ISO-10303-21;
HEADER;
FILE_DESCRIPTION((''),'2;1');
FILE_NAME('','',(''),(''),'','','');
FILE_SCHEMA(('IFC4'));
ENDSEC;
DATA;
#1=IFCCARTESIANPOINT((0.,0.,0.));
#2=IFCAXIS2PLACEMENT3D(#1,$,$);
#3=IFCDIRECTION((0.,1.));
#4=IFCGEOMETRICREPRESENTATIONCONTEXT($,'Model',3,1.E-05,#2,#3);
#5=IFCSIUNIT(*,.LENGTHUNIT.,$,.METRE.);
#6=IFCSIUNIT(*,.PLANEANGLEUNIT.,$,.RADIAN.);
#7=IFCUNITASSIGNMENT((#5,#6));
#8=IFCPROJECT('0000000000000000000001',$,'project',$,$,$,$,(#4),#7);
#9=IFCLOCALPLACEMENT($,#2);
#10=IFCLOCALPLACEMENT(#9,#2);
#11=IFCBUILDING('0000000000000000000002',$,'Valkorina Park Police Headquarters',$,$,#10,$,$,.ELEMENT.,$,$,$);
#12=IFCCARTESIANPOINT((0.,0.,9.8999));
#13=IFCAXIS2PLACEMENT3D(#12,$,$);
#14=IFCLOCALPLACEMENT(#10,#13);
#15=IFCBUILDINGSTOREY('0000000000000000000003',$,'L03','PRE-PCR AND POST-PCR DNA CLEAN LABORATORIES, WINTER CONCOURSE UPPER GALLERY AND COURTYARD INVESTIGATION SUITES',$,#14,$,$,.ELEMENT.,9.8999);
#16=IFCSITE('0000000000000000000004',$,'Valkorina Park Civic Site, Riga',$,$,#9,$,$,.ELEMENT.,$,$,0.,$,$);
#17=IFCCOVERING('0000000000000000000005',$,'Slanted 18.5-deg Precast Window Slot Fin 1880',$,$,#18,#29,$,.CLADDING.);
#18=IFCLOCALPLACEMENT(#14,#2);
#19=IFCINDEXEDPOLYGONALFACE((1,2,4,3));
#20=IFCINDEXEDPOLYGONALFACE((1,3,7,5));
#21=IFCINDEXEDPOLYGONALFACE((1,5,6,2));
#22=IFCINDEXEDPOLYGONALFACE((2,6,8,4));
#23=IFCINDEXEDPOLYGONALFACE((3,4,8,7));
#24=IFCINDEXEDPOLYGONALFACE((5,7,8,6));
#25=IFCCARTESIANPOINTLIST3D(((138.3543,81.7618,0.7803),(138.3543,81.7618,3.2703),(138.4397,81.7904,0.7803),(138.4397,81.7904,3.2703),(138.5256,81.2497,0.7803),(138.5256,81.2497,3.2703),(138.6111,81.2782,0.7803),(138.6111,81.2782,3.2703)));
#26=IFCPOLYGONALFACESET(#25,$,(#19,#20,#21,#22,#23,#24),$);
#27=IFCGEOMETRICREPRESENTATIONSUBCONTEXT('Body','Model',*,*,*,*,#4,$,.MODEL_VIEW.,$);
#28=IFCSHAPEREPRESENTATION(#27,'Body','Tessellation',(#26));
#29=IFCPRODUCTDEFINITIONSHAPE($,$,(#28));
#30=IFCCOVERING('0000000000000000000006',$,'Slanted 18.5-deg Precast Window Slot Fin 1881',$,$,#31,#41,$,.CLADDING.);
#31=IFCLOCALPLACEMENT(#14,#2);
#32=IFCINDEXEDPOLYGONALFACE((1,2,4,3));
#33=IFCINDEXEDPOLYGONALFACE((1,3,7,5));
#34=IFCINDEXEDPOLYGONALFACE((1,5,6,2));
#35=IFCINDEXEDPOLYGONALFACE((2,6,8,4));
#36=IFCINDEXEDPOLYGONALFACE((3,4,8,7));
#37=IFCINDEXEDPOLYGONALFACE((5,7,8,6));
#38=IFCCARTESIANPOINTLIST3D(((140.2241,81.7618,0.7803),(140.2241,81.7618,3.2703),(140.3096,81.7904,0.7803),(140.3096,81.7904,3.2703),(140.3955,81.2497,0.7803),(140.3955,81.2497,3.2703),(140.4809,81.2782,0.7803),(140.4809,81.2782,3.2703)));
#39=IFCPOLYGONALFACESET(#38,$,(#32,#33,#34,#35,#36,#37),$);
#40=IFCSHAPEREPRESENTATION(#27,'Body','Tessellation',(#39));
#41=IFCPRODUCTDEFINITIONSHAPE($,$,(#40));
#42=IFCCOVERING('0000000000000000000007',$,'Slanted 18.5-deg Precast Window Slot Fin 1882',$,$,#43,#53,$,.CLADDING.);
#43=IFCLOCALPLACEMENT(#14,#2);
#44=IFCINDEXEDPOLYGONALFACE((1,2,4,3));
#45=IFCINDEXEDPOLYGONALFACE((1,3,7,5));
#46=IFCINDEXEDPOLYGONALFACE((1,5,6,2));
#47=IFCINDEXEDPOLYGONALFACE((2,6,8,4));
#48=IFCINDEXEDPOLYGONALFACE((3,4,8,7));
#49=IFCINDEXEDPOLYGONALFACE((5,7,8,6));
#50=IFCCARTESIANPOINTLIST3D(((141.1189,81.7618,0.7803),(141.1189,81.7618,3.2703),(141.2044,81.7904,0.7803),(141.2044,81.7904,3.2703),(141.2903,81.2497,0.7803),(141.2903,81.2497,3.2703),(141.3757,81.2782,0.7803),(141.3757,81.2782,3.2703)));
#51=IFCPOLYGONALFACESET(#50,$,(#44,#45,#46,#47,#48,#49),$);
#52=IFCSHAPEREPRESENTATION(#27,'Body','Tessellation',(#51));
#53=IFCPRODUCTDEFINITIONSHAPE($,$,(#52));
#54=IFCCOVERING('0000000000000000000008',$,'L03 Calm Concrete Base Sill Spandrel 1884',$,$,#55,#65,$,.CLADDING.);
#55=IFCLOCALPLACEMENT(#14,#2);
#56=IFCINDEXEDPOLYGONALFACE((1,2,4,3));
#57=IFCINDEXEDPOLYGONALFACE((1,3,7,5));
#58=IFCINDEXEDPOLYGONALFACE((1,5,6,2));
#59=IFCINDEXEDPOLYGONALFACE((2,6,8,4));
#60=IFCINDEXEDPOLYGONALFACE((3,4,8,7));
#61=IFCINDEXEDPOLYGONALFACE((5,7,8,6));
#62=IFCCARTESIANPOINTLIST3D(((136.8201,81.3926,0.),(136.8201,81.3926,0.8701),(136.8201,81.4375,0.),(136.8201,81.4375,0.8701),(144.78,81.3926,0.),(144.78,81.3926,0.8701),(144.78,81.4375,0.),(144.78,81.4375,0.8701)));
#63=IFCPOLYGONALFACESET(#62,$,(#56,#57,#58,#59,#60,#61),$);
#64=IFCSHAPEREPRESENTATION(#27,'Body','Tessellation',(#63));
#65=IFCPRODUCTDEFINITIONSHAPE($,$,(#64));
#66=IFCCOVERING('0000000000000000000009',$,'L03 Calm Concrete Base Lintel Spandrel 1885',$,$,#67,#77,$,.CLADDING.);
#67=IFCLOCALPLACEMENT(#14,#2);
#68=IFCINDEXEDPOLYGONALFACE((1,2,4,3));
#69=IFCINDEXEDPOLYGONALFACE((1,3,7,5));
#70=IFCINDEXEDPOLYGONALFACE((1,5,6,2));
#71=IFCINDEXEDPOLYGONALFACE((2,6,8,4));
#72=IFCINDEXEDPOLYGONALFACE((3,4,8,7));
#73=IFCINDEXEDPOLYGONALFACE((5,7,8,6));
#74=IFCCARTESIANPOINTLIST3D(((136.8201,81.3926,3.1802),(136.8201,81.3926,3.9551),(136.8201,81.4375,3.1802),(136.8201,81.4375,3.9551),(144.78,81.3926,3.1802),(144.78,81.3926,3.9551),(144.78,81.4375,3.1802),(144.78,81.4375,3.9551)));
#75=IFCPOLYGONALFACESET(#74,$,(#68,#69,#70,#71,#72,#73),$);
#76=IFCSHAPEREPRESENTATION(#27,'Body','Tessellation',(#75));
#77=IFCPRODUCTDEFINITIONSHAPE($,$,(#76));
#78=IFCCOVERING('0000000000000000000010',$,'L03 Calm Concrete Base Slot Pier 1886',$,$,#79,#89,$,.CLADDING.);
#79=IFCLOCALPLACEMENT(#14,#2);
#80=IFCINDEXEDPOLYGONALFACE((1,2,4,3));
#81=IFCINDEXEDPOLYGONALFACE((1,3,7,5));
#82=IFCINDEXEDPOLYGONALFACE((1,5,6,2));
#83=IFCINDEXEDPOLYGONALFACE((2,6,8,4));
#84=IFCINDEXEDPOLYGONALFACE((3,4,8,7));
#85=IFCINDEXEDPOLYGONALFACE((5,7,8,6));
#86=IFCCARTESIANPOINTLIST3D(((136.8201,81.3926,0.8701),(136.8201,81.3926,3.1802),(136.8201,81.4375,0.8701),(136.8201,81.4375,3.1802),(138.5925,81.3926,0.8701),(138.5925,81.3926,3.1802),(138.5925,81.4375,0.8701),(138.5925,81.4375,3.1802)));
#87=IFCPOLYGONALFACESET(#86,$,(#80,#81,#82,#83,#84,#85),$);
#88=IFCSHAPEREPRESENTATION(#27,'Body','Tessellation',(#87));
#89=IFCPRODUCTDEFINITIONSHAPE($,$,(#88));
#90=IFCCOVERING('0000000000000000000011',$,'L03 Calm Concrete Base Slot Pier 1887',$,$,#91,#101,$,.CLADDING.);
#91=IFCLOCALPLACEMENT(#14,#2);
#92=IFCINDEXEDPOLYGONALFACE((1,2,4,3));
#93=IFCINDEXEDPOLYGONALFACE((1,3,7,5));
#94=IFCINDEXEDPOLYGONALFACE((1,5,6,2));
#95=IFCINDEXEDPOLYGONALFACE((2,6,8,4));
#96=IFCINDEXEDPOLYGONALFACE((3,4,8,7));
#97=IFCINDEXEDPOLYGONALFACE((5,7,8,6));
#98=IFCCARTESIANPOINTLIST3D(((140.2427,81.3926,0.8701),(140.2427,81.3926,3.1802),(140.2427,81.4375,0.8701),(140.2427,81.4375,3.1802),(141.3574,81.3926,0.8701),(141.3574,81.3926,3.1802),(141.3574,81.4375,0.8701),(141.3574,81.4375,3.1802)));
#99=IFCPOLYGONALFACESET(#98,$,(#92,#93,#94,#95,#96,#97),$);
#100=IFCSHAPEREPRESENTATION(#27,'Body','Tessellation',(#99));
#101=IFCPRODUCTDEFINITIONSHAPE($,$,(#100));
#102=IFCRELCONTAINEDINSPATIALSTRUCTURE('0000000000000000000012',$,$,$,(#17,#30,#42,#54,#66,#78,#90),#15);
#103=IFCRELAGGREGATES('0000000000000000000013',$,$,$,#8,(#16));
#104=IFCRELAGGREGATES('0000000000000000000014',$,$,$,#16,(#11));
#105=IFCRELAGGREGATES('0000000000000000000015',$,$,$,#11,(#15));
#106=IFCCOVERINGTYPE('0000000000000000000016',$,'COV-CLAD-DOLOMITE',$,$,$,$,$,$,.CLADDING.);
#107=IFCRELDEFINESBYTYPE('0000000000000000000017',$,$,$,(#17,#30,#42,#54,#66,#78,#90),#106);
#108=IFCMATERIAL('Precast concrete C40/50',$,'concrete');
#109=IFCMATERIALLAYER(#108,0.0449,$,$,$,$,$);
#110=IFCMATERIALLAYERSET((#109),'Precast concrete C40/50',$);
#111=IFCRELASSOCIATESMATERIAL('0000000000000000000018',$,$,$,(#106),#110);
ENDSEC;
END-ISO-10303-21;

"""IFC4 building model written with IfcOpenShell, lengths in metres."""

from ifc_helpers import new_model, si_unit, direction, frame, frame_2d, origin, origin_2d, place, context, subcontext, project, spatial, rectangle, extrude, material, layer, layer_set, type_object, element, save


model = new_model("IFC4")

# Units and contexts
model_context = context("Model", 3, precision=1e-05, world=origin(), true_north=direction((0.0, 1.0)))
body_context = subcontext(model_context, "Body", "Model", "MODEL_VIEW")
ifc_project = project(units=[si_unit("LENGTHUNIT", "METRE"), si_unit("PLANEANGLEUNIT", "RADIAN")], contexts=[model_context])

# Site, building, storey
site_placement = place(None, origin())
site = spatial("IfcSite", under=ifc_project, at=site_placement, Name="Valkorina Park Civic Site, Riga", CompositionType="ELEMENT", RefElevation=0.0)
building_placement = place(site_placement, origin())
building = spatial("IfcBuilding", under=site, at=building_placement, Name="Valkorina Park Police Headquarters", CompositionType="ELEMENT")
storey_placement = place(building_placement, frame((0.0, 0.0, 9.8999)))
storey = spatial("IfcBuildingStorey", under=building, at=storey_placement, Name="L03", Description="PRE-PCR AND POST-PCR DNA CLEAN LABORATORIES, WINTER CONCOURSE UPPER GALLERY AND COURTYARD INVESTIGATION SUITES", CompositionType="ELEMENT", Elevation=9.8999)

# Coverings
ifc_material_1 = material(Name="Precast concrete C40/50", Category="concrete")
ifc_layer_1 = layer(ifc_material_1, 0.0449)
ifc_layer_set_1 = layer_set([ifc_layer_1], Name="Precast concrete C40/50")
covering_type = type_object("IfcCoveringType", Name="COV-CLAD-DOLOMITE", PredefinedType="CLADDING", material=ifc_layer_set_1)
for number, where, z_axis, x_axis, name in (
    (1, (138.4827, 81.52, 0.7803), (0.0, 0.0, 1.0), (-0.317305, 0.948324, 0.0), "Slanted 18.5-deg Precast Window Slot Fin 1880"),
    (2, (140.3525, 81.52, 0.7803), (0.0, 0.0, 1.0), (-0.317305, 0.948324, 0.0), "Slanted 18.5-deg Precast Window Slot Fin 1881"),
    (3, (141.2473, 81.52, 0.7803), (0.0, 0.0, 1.0), (-0.317305, 0.948324, 0.0), "Slanted 18.5-deg Precast Window Slot Fin 1882"),
):
    element("IfcCovering", number, at=place(storey_placement, frame(where, z_axis=z_axis, x_axis=x_axis)), inside=storey, type_object=covering_type, Name=name, PredefinedType="CLADDING", context=body_context, shape_type="SweptSolid", body=[
        extrude(rectangle(XDim=0.54, YDim=0.0901, at=origin_2d()), origin(), (0.0, 0.0, 1.0), 2.49),
    ])
covering_1_placement = place(storey_placement, frame((136.8201, 81.415, 0.0), z_axis=(0.0, 0.0, 1.0), x_axis=(1.0, 0.0, 0.0)))
element("IfcCovering", 4, at=covering_1_placement, inside=storey, type_object=covering_type, Name="L03 Calm Concrete Base Sill Spandrel 1884", PredefinedType="CLADDING", context=body_context, shape_type="SweptSolid", body=[
    extrude(rectangle(XDim=7.96, YDim=0.0449, at=frame_2d((3.98, 0.0))), origin(), (0.0, 0.0, 1.0), 0.8701),
])
covering_2_placement = place(storey_placement, frame((136.8201, 81.415, 3.1802), z_axis=(0.0, 0.0, 1.0), x_axis=(1.0, 0.0, 0.0)))
element("IfcCovering", 5, at=covering_2_placement, inside=storey, type_object=covering_type, Name="L03 Calm Concrete Base Lintel Spandrel 1885", PredefinedType="CLADDING", context=body_context, shape_type="SweptSolid", body=[
    extrude(rectangle(XDim=7.96, YDim=0.0449, at=frame_2d((3.98, 0.0))), origin(), (0.0, 0.0, 1.0), 0.7749),
])
covering_3_placement = place(storey_placement, frame((136.8201, 81.415, 0.8701), z_axis=(0.0, 0.0, 1.0), x_axis=(1.0, 0.0, 0.0)))
element("IfcCovering", 6, at=covering_3_placement, inside=storey, type_object=covering_type, Name="L03 Calm Concrete Base Slot Pier 1886", PredefinedType="CLADDING", context=body_context, shape_type="SweptSolid", body=[
    extrude(rectangle(XDim=1.7725, YDim=0.0449, at=frame_2d((0.8862, 0.0))), origin(), (0.0, 0.0, 1.0), 2.3101),
])
covering_4_placement = place(storey_placement, frame((140.2427, 81.415, 0.8701), z_axis=(0.0, 0.0, 1.0), x_axis=(1.0, 0.0, 0.0)))
element("IfcCovering", 7, at=covering_4_placement, inside=storey, type_object=covering_type, Name="L03 Calm Concrete Base Slot Pier 1887", PredefinedType="CLADDING", context=body_context, shape_type="SweptSolid", body=[
    extrude(rectangle(XDim=1.1147, YDim=0.0449, at=frame_2d((0.5574, 0.0))), origin(), (0.0, 0.0, 1.0), 2.3101),
])

save(model, "model.ifc")
